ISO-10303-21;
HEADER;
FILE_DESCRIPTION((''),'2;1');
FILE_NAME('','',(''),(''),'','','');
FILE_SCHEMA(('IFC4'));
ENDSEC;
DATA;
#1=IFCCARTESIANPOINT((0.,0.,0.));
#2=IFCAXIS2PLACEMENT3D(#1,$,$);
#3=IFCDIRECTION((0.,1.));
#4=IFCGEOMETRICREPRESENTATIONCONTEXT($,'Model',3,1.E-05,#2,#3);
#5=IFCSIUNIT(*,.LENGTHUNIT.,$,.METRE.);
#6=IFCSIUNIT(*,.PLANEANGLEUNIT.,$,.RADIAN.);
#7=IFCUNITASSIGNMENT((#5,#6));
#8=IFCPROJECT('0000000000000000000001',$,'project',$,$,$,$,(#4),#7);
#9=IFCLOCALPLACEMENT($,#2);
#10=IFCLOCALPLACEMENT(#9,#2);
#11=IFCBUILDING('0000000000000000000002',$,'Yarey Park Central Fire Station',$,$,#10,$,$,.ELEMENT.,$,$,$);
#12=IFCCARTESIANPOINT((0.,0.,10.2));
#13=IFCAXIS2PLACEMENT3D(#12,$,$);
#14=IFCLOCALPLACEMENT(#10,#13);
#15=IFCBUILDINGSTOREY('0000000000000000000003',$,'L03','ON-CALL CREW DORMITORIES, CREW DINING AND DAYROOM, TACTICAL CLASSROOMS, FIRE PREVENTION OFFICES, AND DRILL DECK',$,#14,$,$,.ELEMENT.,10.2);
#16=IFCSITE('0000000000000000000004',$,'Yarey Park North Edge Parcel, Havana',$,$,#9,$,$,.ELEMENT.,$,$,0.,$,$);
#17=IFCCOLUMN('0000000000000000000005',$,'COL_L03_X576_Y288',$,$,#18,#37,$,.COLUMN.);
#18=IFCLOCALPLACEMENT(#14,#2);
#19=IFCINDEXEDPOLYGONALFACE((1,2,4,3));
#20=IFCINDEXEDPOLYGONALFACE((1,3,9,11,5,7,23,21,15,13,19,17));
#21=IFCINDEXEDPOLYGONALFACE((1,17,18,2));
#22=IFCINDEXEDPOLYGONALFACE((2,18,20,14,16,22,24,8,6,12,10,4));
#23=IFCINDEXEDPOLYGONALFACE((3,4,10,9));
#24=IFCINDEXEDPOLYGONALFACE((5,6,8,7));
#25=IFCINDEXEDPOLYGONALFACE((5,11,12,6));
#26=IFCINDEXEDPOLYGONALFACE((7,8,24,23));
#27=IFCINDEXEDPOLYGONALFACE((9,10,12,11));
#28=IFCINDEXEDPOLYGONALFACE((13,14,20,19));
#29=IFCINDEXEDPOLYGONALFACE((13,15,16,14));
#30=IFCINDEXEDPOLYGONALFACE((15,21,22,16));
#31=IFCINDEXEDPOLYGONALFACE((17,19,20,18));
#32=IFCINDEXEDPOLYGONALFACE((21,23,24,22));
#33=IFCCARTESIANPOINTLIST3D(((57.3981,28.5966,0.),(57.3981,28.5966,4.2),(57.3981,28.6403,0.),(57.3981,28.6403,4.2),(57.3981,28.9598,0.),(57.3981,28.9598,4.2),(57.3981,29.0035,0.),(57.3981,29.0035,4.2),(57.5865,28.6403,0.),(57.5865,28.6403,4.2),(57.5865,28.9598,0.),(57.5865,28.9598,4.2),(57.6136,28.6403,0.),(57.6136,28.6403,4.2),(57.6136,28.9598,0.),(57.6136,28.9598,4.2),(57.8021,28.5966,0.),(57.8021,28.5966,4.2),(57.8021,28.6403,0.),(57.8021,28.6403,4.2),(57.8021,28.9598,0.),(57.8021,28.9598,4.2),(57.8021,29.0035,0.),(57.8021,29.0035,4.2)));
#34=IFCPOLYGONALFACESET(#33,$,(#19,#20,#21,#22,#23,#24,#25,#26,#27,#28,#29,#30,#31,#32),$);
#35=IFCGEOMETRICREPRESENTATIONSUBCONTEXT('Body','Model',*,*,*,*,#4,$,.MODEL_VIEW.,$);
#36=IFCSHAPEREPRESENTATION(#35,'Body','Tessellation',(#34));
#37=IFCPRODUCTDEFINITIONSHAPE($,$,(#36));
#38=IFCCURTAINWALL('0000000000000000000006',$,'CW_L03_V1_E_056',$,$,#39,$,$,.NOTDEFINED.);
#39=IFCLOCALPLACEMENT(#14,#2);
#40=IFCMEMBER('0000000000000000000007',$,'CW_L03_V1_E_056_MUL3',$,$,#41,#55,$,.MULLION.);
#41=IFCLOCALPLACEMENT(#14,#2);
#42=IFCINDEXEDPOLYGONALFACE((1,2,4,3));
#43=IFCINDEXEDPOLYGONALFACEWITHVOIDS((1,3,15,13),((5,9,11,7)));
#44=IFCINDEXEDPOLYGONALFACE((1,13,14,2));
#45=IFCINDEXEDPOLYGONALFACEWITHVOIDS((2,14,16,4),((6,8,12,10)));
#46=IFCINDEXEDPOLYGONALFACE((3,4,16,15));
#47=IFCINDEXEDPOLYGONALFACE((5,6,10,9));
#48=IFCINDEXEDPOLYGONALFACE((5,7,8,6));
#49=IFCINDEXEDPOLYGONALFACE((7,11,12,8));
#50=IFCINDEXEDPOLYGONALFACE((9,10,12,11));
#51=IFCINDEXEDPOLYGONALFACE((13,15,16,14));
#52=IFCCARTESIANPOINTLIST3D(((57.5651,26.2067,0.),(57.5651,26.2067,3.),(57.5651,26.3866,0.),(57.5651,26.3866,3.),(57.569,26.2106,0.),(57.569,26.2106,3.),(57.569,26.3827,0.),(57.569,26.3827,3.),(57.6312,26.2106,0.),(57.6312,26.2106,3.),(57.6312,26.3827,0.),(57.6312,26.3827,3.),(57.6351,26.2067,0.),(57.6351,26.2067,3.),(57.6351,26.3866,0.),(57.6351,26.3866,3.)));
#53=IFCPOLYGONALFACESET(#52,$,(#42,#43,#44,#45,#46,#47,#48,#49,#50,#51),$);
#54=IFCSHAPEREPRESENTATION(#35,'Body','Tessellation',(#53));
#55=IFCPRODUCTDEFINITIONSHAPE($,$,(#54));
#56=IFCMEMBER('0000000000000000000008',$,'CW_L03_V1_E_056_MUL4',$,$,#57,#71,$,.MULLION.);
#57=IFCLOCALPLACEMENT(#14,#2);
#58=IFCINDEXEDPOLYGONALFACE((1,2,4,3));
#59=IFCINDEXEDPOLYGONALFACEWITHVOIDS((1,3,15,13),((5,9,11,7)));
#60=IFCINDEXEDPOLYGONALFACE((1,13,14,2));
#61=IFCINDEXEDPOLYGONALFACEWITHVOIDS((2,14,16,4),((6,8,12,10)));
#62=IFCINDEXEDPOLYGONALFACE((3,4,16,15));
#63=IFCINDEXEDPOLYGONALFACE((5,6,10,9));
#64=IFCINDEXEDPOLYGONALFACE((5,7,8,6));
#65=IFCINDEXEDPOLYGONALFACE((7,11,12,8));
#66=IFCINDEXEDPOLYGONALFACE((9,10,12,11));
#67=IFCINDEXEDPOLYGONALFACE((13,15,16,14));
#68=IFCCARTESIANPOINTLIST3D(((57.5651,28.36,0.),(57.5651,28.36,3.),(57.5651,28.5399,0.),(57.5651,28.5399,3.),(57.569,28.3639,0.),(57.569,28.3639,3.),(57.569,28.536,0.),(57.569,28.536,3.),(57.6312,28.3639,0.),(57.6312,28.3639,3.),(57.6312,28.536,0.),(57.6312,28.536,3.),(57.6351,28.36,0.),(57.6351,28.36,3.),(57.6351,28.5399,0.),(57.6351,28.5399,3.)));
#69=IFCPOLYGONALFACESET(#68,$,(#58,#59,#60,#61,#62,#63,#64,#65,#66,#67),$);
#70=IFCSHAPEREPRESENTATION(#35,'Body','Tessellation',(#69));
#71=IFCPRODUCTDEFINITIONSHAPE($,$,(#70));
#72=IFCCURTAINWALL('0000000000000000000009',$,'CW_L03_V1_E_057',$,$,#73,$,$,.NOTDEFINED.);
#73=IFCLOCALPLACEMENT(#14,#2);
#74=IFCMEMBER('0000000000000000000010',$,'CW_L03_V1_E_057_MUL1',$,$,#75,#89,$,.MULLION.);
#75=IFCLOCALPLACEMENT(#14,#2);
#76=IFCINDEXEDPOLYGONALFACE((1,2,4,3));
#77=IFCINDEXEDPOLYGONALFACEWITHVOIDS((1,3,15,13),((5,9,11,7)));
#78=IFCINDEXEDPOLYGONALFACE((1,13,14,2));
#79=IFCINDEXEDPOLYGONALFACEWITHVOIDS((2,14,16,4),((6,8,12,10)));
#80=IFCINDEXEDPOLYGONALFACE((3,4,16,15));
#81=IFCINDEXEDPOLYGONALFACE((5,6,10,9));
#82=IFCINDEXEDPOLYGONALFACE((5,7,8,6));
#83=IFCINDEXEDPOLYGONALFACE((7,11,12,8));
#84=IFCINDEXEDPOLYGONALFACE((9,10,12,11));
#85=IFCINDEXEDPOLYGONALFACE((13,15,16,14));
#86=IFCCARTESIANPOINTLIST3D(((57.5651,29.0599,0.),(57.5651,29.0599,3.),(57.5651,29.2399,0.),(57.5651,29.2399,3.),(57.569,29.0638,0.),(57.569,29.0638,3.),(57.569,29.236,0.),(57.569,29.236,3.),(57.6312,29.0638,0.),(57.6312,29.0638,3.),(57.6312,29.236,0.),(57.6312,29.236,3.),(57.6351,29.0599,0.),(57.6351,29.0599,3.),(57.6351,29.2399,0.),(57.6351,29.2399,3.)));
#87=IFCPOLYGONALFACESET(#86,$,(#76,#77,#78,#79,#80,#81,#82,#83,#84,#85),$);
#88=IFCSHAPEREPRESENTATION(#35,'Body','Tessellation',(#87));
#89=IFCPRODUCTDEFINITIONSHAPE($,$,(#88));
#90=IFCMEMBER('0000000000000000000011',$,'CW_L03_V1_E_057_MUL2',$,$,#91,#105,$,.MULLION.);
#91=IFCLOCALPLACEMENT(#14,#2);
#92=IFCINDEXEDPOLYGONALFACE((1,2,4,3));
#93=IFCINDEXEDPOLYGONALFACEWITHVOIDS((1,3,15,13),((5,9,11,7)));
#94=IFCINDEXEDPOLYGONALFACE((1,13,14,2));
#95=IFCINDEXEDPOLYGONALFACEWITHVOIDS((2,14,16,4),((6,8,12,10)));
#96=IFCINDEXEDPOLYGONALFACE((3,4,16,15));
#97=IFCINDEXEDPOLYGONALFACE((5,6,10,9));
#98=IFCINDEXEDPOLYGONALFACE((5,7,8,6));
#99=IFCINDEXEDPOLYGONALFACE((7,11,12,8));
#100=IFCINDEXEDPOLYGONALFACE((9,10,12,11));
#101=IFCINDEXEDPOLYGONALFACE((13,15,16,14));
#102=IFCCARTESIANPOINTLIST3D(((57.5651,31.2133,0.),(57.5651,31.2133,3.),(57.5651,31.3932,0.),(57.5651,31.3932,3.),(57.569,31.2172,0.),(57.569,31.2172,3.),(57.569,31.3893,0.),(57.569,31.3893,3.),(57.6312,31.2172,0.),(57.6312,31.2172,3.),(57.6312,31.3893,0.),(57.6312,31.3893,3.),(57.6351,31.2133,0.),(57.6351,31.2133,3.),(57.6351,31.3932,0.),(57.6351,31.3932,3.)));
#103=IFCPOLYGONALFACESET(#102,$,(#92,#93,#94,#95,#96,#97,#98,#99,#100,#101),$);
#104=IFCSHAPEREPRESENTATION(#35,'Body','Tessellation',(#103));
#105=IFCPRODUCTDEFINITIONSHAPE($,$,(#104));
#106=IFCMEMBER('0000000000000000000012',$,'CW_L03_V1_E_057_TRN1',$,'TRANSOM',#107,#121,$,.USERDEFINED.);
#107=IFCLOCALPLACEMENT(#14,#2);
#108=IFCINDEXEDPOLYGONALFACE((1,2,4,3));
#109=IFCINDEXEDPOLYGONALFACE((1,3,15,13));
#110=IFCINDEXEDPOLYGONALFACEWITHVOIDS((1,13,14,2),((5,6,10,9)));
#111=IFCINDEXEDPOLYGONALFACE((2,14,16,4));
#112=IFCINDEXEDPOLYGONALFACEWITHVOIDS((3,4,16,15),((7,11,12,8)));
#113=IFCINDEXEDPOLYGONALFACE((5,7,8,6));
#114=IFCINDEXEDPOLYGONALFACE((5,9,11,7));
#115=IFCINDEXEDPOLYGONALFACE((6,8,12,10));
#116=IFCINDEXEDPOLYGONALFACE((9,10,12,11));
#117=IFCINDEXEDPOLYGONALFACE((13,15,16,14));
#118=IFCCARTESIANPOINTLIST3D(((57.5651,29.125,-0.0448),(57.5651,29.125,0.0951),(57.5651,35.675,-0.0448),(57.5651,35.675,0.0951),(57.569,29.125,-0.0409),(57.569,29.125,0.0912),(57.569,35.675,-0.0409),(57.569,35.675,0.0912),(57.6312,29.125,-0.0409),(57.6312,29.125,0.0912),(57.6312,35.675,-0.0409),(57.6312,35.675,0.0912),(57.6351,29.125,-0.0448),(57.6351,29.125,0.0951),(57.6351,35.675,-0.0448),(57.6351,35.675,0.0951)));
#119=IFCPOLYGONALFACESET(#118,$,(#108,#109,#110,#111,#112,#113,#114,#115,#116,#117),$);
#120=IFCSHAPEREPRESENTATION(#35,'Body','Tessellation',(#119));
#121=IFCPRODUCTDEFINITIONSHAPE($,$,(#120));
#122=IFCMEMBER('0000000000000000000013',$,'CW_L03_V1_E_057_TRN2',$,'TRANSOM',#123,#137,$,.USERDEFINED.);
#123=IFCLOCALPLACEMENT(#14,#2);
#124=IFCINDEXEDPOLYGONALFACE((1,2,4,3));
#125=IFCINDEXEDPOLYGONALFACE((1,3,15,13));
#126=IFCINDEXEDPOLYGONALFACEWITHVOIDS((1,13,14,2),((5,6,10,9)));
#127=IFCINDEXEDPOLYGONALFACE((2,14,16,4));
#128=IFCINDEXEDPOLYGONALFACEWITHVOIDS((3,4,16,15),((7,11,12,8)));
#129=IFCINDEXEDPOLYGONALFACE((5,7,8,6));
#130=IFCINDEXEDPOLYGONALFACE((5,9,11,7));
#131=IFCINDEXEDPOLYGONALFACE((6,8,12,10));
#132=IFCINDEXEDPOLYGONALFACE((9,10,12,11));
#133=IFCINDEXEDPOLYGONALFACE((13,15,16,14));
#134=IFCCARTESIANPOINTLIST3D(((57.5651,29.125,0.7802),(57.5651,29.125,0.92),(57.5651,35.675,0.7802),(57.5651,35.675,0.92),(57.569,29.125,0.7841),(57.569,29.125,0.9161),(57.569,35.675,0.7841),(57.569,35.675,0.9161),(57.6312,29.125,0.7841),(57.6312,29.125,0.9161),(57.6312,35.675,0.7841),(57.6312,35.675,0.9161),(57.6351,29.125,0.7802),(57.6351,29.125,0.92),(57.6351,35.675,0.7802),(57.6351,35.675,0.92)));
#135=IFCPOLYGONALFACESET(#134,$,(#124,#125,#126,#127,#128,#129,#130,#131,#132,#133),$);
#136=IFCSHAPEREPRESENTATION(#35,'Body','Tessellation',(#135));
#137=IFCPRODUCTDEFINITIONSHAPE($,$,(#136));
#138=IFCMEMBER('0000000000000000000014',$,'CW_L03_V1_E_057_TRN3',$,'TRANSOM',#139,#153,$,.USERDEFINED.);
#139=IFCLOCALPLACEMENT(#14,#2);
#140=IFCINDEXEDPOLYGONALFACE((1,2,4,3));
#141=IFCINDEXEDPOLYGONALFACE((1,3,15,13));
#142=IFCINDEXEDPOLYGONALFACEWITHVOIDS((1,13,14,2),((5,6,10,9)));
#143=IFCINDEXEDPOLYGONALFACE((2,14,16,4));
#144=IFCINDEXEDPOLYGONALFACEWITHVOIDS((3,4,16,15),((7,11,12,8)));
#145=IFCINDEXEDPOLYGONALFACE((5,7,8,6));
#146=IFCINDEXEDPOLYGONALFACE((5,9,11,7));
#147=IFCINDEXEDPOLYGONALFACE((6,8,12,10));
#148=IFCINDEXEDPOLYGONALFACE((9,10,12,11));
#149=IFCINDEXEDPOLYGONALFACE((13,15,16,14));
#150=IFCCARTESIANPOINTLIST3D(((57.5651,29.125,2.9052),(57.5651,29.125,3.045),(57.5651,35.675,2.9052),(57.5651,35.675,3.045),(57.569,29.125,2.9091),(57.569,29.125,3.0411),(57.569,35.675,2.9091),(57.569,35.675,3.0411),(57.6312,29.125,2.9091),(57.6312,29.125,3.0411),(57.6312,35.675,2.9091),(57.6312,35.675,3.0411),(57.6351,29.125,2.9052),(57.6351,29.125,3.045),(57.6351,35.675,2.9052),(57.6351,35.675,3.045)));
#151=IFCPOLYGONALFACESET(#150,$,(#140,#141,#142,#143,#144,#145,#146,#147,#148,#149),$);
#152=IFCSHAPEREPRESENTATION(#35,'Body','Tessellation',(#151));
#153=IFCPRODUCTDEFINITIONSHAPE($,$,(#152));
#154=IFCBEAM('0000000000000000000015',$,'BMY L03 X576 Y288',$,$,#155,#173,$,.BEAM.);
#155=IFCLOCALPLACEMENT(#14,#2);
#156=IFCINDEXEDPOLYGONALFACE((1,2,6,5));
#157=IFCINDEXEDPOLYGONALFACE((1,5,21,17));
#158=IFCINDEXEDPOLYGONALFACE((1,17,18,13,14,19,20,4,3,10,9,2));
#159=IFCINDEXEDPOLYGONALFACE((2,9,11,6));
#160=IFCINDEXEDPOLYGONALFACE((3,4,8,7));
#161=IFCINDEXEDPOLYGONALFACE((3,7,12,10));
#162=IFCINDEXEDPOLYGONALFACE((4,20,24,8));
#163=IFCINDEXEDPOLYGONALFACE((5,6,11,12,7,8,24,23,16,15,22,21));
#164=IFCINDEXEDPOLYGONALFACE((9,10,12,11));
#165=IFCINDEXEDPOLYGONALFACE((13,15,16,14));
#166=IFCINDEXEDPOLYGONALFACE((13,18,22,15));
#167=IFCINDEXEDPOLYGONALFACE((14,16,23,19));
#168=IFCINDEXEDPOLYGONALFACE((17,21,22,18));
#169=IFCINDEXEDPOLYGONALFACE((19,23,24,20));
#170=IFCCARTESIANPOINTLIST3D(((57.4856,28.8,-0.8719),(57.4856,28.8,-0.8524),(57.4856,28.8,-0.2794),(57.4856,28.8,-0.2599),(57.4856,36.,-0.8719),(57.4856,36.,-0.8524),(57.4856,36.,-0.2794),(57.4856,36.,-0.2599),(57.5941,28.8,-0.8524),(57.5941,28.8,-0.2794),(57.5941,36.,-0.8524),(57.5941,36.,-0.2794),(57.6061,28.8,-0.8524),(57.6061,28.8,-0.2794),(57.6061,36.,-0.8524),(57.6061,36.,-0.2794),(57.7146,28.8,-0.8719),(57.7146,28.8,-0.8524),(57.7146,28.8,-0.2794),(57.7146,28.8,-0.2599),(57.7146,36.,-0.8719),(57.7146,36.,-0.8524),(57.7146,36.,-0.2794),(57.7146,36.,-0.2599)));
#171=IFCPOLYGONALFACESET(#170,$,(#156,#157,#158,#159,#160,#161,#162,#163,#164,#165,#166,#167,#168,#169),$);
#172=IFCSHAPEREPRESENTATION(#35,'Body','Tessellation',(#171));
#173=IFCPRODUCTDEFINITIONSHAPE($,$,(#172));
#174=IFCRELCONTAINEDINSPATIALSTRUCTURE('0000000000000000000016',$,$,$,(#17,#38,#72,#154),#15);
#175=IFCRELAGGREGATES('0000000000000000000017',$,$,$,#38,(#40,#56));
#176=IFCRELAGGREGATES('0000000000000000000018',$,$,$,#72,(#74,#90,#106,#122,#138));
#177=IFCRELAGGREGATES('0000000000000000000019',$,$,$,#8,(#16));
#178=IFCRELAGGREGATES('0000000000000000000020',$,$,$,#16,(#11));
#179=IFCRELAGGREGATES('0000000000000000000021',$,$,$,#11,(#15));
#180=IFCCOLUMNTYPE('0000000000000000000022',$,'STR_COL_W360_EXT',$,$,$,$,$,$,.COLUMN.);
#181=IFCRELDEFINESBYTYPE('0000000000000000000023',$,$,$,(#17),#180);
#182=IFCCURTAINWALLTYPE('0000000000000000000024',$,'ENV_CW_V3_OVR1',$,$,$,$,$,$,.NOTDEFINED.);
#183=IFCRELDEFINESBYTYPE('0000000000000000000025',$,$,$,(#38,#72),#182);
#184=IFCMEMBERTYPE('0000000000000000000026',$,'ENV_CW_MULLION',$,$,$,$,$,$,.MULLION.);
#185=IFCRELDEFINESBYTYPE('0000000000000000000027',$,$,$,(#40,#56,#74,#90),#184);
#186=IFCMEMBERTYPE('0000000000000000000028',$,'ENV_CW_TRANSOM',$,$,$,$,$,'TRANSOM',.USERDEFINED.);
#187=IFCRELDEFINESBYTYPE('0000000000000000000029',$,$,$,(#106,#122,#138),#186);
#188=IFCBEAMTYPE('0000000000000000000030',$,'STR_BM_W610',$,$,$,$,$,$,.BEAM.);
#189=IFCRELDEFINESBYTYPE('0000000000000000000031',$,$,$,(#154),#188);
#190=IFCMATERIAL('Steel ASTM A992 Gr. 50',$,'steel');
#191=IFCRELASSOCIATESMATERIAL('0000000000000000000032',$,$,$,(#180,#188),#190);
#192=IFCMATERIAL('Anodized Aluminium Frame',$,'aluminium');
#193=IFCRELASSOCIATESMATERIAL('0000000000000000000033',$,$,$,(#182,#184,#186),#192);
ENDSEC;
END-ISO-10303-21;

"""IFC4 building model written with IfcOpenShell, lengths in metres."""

from ifc_helpers import new_model, si_unit, direction, frame, origin, origin_2d, place, context, subcontext, project, spatial, hollow_rectangle, i_section, extrude, material, material_profile, profile_set, type_object, element, aggregate, save


model = new_model("IFC4")

# Units and contexts
model_context = context("Model", 3, precision=1e-05, world=origin(), true_north=direction((0.0, 1.0)))
body_context = subcontext(model_context, "Body", "Model", "MODEL_VIEW")
ifc_project = project(units=[si_unit("LENGTHUNIT", "METRE"), si_unit("PLANEANGLEUNIT", "RADIAN")], contexts=[model_context])

# Site, building, storey
site_placement = place(None, origin())
site = spatial("IfcSite", under=ifc_project, at=site_placement, Name="Yarey Park North Edge Parcel, Havana", CompositionType="ELEMENT", RefElevation=0.0)
building_placement = place(site_placement, origin())
building = spatial("IfcBuilding", under=site, at=building_placement, Name="Yarey Park Central Fire Station", CompositionType="ELEMENT")
storey_placement = place(building_placement, frame((0.0, 0.0, 10.2)))
storey = spatial("IfcBuildingStorey", under=building, at=storey_placement, Name="L03", Description="ON-CALL CREW DORMITORIES, CREW DINING AND DAYROOM, TACTICAL CLASSROOMS, FIRE PREVENTION OFFICES, AND DRILL DECK", CompositionType="ELEMENT", Elevation=10.2)

# Column
ifc_material_1 = material(Name="Steel ASTM A992 Gr. 50", Category="steel")
ifc_material_profile_1 = material_profile(ifc_material_1, i_section(OverallWidth=0.4041, OverallDepth=0.407, WebThickness=0.0271, FlangeThickness=0.0437, at=origin_2d()), Name="W360x347")
ifc_profile_set_1 = profile_set([ifc_material_profile_1], Name="Steel ASTM A992 Gr. 50")
column_type = type_object("IfcColumnType", Name="STR_COL_W360_EXT", PredefinedType="COLUMN", material=ifc_profile_set_1)
column_placement = place(storey_placement, frame((57.6001, 28.8, 0.0), z_axis=(0.0, 0.0, 1.0), x_axis=(1.0, 0.0, 0.0)))
element("IfcColumn", 1, at=column_placement, inside=storey, type_object=column_type, Name="COL_L03_X576_Y288", PredefinedType="COLUMN", context=body_context, shape_type="SweptSolid", body=[
    extrude(i_section(OverallWidth=0.4041, OverallDepth=0.407, WebThickness=0.0271, FlangeThickness=0.0437, at=origin_2d()), origin(), (0.0, 0.0, 1.0), 4.2),
])

# Curtain walls, members
ifc_material_2 = material(Name="Anodized Aluminium Frame", Category="aluminium")
curtain_wall_type = type_object("IfcCurtainWallType", Name="ENV_CW_V3_OVR1", PredefinedType="NOTDEFINED", material=ifc_material_2)
curtain_wall_1_placement = place(storey_placement, origin())
curtain_wall_1 = element("IfcCurtainWall", 2, at=curtain_wall_1_placement, inside=storey, type_object=curtain_wall_type, Name="CW_L03_V1_E_056", PredefinedType="NOTDEFINED")
ifc_material_profile_2 = material_profile(ifc_material_2, hollow_rectangle(XDim=0.0701, YDim=0.1799, WallThickness=0.0039, at=origin_2d()), Name="ALU 180x70x4")
ifc_profile_set_2 = profile_set([ifc_material_profile_2], Name="Anodized Aluminium Frame")
member_type_1 = type_object("IfcMemberType", Name="ENV_CW_MULLION", PredefinedType="MULLION", material=ifc_profile_set_2)
member_1_placement = place(storey_placement, frame((57.6001, 26.2966, 0.0), z_axis=(0.0, 0.0, 1.0), x_axis=(1.0, 0.0, 0.0)))
member_1 = element("IfcMember", 3, at=member_1_placement, type_object=member_type_1, Name="CW_L03_V1_E_056_MUL3", PredefinedType="MULLION", context=body_context, shape_type="SweptSolid", body=[
    extrude(hollow_rectangle(XDim=0.0701, YDim=0.1799, WallThickness=0.0039, at=origin_2d()), origin(), (0.0, 0.0, 1.0), 3.0),
])
member_2_placement = place(storey_placement, frame((57.6001, 28.45, 0.0), z_axis=(0.0, 0.0, 1.0), x_axis=(1.0, 0.0, 0.0)))
member_2 = element("IfcMember", 4, at=member_2_placement, type_object=member_type_1, Name="CW_L03_V1_E_056_MUL4", PredefinedType="MULLION", context=body_context, shape_type="SweptSolid", body=[
    extrude(hollow_rectangle(XDim=0.0701, YDim=0.1799, WallThickness=0.0039, at=origin_2d()), origin(), (0.0, 0.0, 1.0), 3.0),
])
curtain_wall_2_placement = place(storey_placement, origin())
curtain_wall_2 = element("IfcCurtainWall", 5, at=curtain_wall_2_placement, inside=storey, type_object=curtain_wall_type, Name="CW_L03_V1_E_057", PredefinedType="NOTDEFINED")
member_3_placement = place(storey_placement, frame((57.6001, 29.1499, 0.0), z_axis=(0.0, 0.0, 1.0), x_axis=(1.0, 0.0, 0.0)))
member_3 = element("IfcMember", 6, at=member_3_placement, type_object=member_type_1, Name="CW_L03_V1_E_057_MUL1", PredefinedType="MULLION", context=body_context, shape_type="SweptSolid", body=[
    extrude(hollow_rectangle(XDim=0.0701, YDim=0.1799, WallThickness=0.0039, at=origin_2d()), origin(), (0.0, 0.0, 1.0), 3.0),
])
member_4_placement = place(storey_placement, frame((57.6001, 31.3032, 0.0), z_axis=(0.0, 0.0, 1.0), x_axis=(1.0, 0.0, 0.0)))
member_4 = element("IfcMember", 7, at=member_4_placement, type_object=member_type_1, Name="CW_L03_V1_E_057_MUL2", PredefinedType="MULLION", context=body_context, shape_type="SweptSolid", body=[
    extrude(hollow_rectangle(XDim=0.0701, YDim=0.1799, WallThickness=0.0039, at=origin_2d()), origin(), (0.0, 0.0, 1.0), 3.0),
])
ifc_material_profile_3 = material_profile(ifc_material_2, hollow_rectangle(XDim=0.0701, YDim=0.1399, WallThickness=0.0039, at=origin_2d()), Name="ALU 140x70x4")
ifc_profile_set_3 = profile_set([ifc_material_profile_3], Name="Anodized Aluminium Frame")
member_type_2 = type_object("IfcMemberType", Name="ENV_CW_TRANSOM", ElementType="TRANSOM", PredefinedType="USERDEFINED", material=ifc_profile_set_3)
member_5_placement = place(storey_placement, frame((57.6001, 29.125, 0.0251), z_axis=(0.0, 1.0, 0.0), x_axis=(-1.0, 0.0, 0.0)))
member_5 = element("IfcMember", 8, at=member_5_placement, type_object=member_type_2, Name="CW_L03_V1_E_057_TRN1", ObjectType="TRANSOM", PredefinedType="USERDEFINED", context=body_context, shape_type="SweptSolid", body=[
    extrude(hollow_rectangle(XDim=0.0701, YDim=0.1399, WallThickness=0.0039, at=origin_2d()), origin(), (0.0, 0.0, 1.0), 6.55),
])
member_6_placement = place(storey_placement, frame((57.6001, 29.125, 0.8501), z_axis=(0.0, 1.0, 0.0), x_axis=(-1.0, 0.0, 0.0)))
member_6 = element("IfcMember", 9, at=member_6_placement, type_object=member_type_2, Name="CW_L03_V1_E_057_TRN2", ObjectType="TRANSOM", PredefinedType="USERDEFINED", context=body_context, shape_type="SweptSolid", body=[
    extrude(hollow_rectangle(XDim=0.0701, YDim=0.1399, WallThickness=0.0039, at=origin_2d()), origin(), (0.0, 0.0, 1.0), 6.55),
])
member_7_placement = place(storey_placement, frame((57.6001, 29.125, 2.9751), z_axis=(0.0, 1.0, 0.0), x_axis=(-1.0, 0.0, 0.0)))
member_7 = element("IfcMember", 10, at=member_7_placement, type_object=member_type_2, Name="CW_L03_V1_E_057_TRN3", ObjectType="TRANSOM", PredefinedType="USERDEFINED", context=body_context, shape_type="SweptSolid", body=[
    extrude(hollow_rectangle(XDim=0.0701, YDim=0.1399, WallThickness=0.0039, at=origin_2d()), origin(), (0.0, 0.0, 1.0), 6.55),
])

# Beam
ifc_material_profile_4 = material_profile(ifc_material_1, i_section(OverallWidth=0.229, OverallDepth=0.6121, WebThickness=0.012, FlangeThickness=0.0195, at=origin_2d()), Name="W610x125")
ifc_profile_set_4 = profile_set([ifc_material_profile_4], Name="Steel ASTM A992 Gr. 50")
beam_type_1 = type_object("IfcBeamType", Name="STR_BM_W610", PredefinedType="BEAM", material=ifc_profile_set_4)
beam_1_placement = place(storey_placement, frame((57.6001, 28.8, -0.5659), z_axis=(0.0, 1.0, 0.0), x_axis=(-1.0, 0.0, 0.0)))
element("IfcBeam", 11, at=beam_1_placement, inside=storey, type_object=beam_type_1, Name="BMY L03 X576 Y288", PredefinedType="BEAM", context=body_context, shape_type="SweptSolid", body=[
    extrude(i_section(OverallWidth=0.229, OverallDepth=0.6121, WebThickness=0.012, FlangeThickness=0.0195, at=origin_2d()), origin(), (0.0, 0.0, 1.0), 7.2),
])

aggregate(curtain_wall_1, [member_1, member_2])
aggregate(curtain_wall_2, [member_3, member_4, member_5, member_6, member_7])

save(model, "model.ifc")
